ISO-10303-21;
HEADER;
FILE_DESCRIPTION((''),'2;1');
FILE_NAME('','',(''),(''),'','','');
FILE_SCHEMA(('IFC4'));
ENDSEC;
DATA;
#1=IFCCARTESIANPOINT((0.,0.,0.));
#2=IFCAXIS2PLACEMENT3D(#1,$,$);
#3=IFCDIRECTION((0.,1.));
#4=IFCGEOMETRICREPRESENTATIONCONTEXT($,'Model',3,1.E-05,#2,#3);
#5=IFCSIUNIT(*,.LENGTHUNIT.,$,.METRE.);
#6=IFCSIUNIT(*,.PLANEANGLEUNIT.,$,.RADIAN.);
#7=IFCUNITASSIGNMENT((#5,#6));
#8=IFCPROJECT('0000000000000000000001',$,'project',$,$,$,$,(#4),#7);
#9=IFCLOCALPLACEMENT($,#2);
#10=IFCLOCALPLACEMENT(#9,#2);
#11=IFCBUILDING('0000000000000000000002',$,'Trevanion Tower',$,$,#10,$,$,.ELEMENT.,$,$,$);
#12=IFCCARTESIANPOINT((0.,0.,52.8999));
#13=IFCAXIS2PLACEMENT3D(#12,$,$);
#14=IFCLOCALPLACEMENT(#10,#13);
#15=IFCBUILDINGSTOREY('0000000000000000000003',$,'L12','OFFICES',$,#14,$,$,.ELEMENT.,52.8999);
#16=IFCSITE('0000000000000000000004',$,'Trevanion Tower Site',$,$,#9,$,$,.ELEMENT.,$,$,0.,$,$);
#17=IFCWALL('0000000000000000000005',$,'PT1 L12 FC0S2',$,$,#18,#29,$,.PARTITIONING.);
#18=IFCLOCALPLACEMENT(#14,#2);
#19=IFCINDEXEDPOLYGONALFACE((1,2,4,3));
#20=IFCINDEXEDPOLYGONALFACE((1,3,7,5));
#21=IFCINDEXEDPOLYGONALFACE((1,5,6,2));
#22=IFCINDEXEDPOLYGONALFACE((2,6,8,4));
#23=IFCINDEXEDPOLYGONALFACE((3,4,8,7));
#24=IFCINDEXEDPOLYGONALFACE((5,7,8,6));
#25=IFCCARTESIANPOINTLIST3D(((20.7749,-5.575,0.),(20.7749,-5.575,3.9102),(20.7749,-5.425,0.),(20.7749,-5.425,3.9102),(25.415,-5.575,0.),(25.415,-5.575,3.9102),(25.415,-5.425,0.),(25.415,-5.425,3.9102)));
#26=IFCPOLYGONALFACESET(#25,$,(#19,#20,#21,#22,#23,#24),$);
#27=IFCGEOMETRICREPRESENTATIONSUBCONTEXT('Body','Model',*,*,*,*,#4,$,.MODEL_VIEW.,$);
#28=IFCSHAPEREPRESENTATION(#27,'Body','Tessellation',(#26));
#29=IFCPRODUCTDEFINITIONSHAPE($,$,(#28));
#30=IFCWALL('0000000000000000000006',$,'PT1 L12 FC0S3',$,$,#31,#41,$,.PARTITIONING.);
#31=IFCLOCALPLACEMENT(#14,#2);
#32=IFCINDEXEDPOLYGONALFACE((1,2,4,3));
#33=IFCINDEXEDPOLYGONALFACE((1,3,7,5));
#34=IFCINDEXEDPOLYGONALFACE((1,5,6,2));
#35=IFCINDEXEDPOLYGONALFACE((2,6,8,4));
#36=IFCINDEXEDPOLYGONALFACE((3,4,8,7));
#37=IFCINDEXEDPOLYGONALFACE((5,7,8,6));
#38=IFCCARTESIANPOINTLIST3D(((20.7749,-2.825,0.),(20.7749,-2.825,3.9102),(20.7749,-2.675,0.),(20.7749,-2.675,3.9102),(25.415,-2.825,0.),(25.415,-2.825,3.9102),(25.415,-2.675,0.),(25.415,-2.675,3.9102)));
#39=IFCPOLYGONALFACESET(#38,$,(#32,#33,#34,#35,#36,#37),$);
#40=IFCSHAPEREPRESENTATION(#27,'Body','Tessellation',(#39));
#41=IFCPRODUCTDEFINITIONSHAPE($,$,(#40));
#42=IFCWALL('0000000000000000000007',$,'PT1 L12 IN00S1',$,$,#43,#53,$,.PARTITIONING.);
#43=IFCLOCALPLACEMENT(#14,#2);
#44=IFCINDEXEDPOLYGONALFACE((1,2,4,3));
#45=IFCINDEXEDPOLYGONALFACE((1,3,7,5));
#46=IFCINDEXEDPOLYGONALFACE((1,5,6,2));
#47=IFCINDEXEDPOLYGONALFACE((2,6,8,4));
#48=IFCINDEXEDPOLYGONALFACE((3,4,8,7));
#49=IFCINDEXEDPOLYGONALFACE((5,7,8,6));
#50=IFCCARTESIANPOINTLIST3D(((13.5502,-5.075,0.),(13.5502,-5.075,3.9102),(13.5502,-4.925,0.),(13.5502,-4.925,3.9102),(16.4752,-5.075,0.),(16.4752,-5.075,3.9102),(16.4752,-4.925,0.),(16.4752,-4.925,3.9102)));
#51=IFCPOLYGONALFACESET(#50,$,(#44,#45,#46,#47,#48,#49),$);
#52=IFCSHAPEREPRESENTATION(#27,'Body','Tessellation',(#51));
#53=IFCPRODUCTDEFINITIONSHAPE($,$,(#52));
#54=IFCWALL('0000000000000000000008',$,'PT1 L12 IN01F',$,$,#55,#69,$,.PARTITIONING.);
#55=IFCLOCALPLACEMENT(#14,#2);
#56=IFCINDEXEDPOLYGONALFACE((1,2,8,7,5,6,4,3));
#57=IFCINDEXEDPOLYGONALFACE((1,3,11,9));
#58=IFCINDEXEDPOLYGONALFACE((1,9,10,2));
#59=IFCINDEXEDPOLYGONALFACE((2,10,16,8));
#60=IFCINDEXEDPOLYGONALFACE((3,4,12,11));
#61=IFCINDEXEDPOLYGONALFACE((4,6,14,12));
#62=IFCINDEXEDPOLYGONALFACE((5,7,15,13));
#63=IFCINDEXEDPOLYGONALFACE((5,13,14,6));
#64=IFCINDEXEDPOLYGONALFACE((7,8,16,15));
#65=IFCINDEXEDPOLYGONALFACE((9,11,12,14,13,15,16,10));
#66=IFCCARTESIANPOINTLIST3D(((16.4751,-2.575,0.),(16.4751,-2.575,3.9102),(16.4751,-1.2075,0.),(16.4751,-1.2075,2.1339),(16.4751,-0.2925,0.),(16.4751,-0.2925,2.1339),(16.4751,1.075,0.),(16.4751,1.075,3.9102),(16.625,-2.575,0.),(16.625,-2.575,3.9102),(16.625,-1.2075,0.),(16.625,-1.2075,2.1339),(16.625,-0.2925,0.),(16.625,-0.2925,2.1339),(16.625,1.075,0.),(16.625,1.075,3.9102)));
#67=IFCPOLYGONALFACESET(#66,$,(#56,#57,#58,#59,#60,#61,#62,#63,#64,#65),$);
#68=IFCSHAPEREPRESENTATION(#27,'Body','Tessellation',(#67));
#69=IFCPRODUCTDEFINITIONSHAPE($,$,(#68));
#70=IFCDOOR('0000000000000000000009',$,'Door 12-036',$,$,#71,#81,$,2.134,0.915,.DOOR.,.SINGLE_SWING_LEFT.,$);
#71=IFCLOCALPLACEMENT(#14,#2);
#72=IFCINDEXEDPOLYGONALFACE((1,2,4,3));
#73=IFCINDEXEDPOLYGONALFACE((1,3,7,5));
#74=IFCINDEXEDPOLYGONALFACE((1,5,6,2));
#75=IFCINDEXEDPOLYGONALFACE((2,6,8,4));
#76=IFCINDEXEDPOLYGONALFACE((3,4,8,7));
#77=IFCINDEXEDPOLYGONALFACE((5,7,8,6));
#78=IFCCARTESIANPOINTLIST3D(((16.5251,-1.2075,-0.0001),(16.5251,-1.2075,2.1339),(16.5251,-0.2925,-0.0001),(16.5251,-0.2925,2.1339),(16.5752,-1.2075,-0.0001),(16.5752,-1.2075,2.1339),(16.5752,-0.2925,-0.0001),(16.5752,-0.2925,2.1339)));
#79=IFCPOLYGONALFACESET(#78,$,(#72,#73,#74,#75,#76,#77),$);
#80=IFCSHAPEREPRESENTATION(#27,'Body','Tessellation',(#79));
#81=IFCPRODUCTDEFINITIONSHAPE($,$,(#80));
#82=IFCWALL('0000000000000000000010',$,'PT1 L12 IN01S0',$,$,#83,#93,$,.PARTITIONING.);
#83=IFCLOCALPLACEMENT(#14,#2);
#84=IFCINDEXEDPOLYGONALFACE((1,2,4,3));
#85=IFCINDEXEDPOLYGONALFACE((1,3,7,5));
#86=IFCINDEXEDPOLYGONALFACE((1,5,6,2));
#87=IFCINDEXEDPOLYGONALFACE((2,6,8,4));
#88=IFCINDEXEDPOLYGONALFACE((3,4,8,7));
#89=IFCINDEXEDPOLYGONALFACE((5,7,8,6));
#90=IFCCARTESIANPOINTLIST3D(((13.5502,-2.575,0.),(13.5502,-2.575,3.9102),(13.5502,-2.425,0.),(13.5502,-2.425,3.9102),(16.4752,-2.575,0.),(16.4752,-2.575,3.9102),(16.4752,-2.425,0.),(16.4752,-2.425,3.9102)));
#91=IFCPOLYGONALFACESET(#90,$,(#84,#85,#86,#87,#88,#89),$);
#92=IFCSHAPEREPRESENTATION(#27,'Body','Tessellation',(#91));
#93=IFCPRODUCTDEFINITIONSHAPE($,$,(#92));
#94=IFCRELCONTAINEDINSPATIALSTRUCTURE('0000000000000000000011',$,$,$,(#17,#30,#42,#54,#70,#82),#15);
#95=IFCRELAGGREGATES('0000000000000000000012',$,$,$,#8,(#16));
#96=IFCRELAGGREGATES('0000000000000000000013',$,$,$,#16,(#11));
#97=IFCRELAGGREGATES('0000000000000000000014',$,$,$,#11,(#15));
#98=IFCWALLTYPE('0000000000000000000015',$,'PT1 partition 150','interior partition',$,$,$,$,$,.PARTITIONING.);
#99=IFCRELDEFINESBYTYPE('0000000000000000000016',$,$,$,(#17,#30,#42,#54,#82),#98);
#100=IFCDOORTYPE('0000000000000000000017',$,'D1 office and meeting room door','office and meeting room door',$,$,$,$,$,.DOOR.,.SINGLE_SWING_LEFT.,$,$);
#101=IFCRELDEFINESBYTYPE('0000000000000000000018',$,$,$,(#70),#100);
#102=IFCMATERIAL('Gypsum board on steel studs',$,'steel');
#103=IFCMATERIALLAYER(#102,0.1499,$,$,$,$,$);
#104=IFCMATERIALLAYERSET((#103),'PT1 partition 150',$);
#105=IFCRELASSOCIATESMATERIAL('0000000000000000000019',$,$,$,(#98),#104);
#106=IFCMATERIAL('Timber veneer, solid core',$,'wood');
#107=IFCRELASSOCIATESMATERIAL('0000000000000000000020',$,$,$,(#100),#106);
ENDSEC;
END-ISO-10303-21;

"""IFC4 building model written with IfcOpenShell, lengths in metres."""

from ifc_helpers import new_model, si_unit, direction, frame, frame_2d, origin, place, context, subcontext, project, spatial, rectangle, extrude, material, layer, layer_set, type_object, element, fill, save


model = new_model("IFC4")

# Units and contexts
model_context = context("Model", 3, precision=1e-05, world=origin(), true_north=direction((0.0, 1.0)))
body_context = subcontext(model_context, "Body", "Model", "MODEL_VIEW")
ifc_project = project(units=[si_unit("LENGTHUNIT", "METRE"), si_unit("PLANEANGLEUNIT", "RADIAN")], contexts=[model_context])

# Site, building, storey
site_placement = place(None, origin())
site = spatial("IfcSite", under=ifc_project, at=site_placement, Name="Trevanion Tower Site", CompositionType="ELEMENT", RefElevation=0.0)
building_placement = place(site_placement, origin())
building = spatial("IfcBuilding", under=site, at=building_placement, Name="Trevanion Tower", CompositionType="ELEMENT")
storey_placement = place(building_placement, frame((0.0, 0.0, 52.8999)))
storey = spatial("IfcBuildingStorey", under=building, at=storey_placement, Name="L12", Description="OFFICES", CompositionType="ELEMENT", Elevation=52.8999)

# Walls
ifc_material_1 = material(Name="Gypsum board on steel studs", Category="steel")
ifc_layer_1 = layer(ifc_material_1, 0.1499)
ifc_layer_set_1 = layer_set([ifc_layer_1], Name="PT1 partition 150")
wall_type = type_object("IfcWallType", Name="PT1 partition 150", Description="interior partition", PredefinedType="PARTITIONING", material=ifc_layer_set_1)
for number, where, z_axis, x_axis, name in (
    (1, (20.7749, -5.5, 0.0), (0.0, 0.0, 1.0), (1.0, 0.0, 0.0), "PT1 L12 FC0S2"),
    (2, (20.7749, -2.75, 0.0), (0.0, 0.0, 1.0), (1.0, 0.0, 0.0), "PT1 L12 FC0S3"),
):
    element("IfcWall", number, at=place(storey_placement, frame(where, z_axis=z_axis, x_axis=x_axis)), inside=storey, type_object=wall_type, Name=name, PredefinedType="PARTITIONING", context=body_context, shape_type="SweptSolid", body=[
        extrude(rectangle(XDim=4.6401, YDim=0.1499, at=frame_2d((2.3201, 0.0))), origin(), (0.0, 0.0, 1.0), 3.9102),
    ])
wall_1_placement = place(storey_placement, frame((16.4751, -5.0, 0.0), z_axis=(0.0, 0.0, 1.0), x_axis=(-1.0, 0.0, 0.0)))
element("IfcWall", 3, at=wall_1_placement, inside=storey, type_object=wall_type, Name="PT1 L12 IN00S1", PredefinedType="PARTITIONING", context=body_context, shape_type="SweptSolid", body=[
    extrude(rectangle(XDim=2.925, YDim=0.1499, at=frame_2d((1.4624, 0.0))), origin(), (0.0, 0.0, 1.0), 3.9102),
])

# Wall, opening, door
wall_2_placement = place(storey_placement, frame((16.55, -2.575, 0.0), z_axis=(0.0, 0.0, 1.0), x_axis=(0.0, 1.0, 0.0)))
wall_2 = element("IfcWall", 4, at=wall_2_placement, inside=storey, type_object=wall_type, Name="PT1 L12 IN01F", PredefinedType="PARTITIONING", context=body_context, shape_type="SweptSolid", body=[
    extrude(rectangle(XDim=3.6499, YDim=0.1499, at=frame_2d((1.825, 0.0))), origin(), (0.0, 0.0, 1.0), 3.9102),
])
opening_placement = place(wall_2_placement, frame((1.3674, 0.0, 0.0)))
opening = element("IfcOpeningElement", 5, at=opening_placement, cuts=wall_2, PredefinedType="OPENING", context=body_context, shape_type="SweptSolid", body=[
    extrude(rectangle(XDim=0.915, YDim=2.134, at=frame_2d((0.4575, 1.0669))), frame((0.0, 0.085, 0.0), z_axis=(0.0, -1.0, 0.0), x_axis=(1.0, 0.0, 0.0)), (0.0, 0.0, 1.0), 0.1699),
])
ifc_material_2 = material(Name="Timber veneer, solid core", Category="wood")
door_type = type_object("IfcDoorType", Name="D1 office and meeting room door", Description="office and meeting room door", OperationType="SINGLE_SWING_LEFT", PredefinedType="DOOR", material=ifc_material_2)
door_placement = place(opening_placement, origin())
door = element("IfcDoor", 6, at=door_placement, inside=storey, type_object=door_type, Name="Door 12-036", OperationType="SINGLE_SWING_LEFT", OverallHeight=2.134, OverallWidth=0.915, PredefinedType="DOOR", context=body_context, shape_type="SweptSolid", body=[
    extrude(rectangle(XDim=0.915, YDim=2.134, at=frame_2d((0.4575, 1.0669))), frame((0.0, 0.0249, 0.0), z_axis=(0.0, -1.0, 0.0), x_axis=(1.0, 0.0, 0.0)), (0.0, 0.0, 1.0), 0.05),
])
fill(opening, door)

# Wall
wall_3_placement = place(storey_placement, frame((16.4751, -2.5, 0.0), z_axis=(0.0, 0.0, 1.0), x_axis=(-1.0, 0.0, 0.0)))
element("IfcWall", 7, at=wall_3_placement, inside=storey, type_object=wall_type, Name="PT1 L12 IN01S0", PredefinedType="PARTITIONING", context=body_context, shape_type="SweptSolid", body=[
    extrude(rectangle(XDim=2.925, YDim=0.1499, at=frame_2d((1.4624, 0.0))), origin(), (0.0, 0.0, 1.0), 3.9102),
])

save(model, "model.ifc")
